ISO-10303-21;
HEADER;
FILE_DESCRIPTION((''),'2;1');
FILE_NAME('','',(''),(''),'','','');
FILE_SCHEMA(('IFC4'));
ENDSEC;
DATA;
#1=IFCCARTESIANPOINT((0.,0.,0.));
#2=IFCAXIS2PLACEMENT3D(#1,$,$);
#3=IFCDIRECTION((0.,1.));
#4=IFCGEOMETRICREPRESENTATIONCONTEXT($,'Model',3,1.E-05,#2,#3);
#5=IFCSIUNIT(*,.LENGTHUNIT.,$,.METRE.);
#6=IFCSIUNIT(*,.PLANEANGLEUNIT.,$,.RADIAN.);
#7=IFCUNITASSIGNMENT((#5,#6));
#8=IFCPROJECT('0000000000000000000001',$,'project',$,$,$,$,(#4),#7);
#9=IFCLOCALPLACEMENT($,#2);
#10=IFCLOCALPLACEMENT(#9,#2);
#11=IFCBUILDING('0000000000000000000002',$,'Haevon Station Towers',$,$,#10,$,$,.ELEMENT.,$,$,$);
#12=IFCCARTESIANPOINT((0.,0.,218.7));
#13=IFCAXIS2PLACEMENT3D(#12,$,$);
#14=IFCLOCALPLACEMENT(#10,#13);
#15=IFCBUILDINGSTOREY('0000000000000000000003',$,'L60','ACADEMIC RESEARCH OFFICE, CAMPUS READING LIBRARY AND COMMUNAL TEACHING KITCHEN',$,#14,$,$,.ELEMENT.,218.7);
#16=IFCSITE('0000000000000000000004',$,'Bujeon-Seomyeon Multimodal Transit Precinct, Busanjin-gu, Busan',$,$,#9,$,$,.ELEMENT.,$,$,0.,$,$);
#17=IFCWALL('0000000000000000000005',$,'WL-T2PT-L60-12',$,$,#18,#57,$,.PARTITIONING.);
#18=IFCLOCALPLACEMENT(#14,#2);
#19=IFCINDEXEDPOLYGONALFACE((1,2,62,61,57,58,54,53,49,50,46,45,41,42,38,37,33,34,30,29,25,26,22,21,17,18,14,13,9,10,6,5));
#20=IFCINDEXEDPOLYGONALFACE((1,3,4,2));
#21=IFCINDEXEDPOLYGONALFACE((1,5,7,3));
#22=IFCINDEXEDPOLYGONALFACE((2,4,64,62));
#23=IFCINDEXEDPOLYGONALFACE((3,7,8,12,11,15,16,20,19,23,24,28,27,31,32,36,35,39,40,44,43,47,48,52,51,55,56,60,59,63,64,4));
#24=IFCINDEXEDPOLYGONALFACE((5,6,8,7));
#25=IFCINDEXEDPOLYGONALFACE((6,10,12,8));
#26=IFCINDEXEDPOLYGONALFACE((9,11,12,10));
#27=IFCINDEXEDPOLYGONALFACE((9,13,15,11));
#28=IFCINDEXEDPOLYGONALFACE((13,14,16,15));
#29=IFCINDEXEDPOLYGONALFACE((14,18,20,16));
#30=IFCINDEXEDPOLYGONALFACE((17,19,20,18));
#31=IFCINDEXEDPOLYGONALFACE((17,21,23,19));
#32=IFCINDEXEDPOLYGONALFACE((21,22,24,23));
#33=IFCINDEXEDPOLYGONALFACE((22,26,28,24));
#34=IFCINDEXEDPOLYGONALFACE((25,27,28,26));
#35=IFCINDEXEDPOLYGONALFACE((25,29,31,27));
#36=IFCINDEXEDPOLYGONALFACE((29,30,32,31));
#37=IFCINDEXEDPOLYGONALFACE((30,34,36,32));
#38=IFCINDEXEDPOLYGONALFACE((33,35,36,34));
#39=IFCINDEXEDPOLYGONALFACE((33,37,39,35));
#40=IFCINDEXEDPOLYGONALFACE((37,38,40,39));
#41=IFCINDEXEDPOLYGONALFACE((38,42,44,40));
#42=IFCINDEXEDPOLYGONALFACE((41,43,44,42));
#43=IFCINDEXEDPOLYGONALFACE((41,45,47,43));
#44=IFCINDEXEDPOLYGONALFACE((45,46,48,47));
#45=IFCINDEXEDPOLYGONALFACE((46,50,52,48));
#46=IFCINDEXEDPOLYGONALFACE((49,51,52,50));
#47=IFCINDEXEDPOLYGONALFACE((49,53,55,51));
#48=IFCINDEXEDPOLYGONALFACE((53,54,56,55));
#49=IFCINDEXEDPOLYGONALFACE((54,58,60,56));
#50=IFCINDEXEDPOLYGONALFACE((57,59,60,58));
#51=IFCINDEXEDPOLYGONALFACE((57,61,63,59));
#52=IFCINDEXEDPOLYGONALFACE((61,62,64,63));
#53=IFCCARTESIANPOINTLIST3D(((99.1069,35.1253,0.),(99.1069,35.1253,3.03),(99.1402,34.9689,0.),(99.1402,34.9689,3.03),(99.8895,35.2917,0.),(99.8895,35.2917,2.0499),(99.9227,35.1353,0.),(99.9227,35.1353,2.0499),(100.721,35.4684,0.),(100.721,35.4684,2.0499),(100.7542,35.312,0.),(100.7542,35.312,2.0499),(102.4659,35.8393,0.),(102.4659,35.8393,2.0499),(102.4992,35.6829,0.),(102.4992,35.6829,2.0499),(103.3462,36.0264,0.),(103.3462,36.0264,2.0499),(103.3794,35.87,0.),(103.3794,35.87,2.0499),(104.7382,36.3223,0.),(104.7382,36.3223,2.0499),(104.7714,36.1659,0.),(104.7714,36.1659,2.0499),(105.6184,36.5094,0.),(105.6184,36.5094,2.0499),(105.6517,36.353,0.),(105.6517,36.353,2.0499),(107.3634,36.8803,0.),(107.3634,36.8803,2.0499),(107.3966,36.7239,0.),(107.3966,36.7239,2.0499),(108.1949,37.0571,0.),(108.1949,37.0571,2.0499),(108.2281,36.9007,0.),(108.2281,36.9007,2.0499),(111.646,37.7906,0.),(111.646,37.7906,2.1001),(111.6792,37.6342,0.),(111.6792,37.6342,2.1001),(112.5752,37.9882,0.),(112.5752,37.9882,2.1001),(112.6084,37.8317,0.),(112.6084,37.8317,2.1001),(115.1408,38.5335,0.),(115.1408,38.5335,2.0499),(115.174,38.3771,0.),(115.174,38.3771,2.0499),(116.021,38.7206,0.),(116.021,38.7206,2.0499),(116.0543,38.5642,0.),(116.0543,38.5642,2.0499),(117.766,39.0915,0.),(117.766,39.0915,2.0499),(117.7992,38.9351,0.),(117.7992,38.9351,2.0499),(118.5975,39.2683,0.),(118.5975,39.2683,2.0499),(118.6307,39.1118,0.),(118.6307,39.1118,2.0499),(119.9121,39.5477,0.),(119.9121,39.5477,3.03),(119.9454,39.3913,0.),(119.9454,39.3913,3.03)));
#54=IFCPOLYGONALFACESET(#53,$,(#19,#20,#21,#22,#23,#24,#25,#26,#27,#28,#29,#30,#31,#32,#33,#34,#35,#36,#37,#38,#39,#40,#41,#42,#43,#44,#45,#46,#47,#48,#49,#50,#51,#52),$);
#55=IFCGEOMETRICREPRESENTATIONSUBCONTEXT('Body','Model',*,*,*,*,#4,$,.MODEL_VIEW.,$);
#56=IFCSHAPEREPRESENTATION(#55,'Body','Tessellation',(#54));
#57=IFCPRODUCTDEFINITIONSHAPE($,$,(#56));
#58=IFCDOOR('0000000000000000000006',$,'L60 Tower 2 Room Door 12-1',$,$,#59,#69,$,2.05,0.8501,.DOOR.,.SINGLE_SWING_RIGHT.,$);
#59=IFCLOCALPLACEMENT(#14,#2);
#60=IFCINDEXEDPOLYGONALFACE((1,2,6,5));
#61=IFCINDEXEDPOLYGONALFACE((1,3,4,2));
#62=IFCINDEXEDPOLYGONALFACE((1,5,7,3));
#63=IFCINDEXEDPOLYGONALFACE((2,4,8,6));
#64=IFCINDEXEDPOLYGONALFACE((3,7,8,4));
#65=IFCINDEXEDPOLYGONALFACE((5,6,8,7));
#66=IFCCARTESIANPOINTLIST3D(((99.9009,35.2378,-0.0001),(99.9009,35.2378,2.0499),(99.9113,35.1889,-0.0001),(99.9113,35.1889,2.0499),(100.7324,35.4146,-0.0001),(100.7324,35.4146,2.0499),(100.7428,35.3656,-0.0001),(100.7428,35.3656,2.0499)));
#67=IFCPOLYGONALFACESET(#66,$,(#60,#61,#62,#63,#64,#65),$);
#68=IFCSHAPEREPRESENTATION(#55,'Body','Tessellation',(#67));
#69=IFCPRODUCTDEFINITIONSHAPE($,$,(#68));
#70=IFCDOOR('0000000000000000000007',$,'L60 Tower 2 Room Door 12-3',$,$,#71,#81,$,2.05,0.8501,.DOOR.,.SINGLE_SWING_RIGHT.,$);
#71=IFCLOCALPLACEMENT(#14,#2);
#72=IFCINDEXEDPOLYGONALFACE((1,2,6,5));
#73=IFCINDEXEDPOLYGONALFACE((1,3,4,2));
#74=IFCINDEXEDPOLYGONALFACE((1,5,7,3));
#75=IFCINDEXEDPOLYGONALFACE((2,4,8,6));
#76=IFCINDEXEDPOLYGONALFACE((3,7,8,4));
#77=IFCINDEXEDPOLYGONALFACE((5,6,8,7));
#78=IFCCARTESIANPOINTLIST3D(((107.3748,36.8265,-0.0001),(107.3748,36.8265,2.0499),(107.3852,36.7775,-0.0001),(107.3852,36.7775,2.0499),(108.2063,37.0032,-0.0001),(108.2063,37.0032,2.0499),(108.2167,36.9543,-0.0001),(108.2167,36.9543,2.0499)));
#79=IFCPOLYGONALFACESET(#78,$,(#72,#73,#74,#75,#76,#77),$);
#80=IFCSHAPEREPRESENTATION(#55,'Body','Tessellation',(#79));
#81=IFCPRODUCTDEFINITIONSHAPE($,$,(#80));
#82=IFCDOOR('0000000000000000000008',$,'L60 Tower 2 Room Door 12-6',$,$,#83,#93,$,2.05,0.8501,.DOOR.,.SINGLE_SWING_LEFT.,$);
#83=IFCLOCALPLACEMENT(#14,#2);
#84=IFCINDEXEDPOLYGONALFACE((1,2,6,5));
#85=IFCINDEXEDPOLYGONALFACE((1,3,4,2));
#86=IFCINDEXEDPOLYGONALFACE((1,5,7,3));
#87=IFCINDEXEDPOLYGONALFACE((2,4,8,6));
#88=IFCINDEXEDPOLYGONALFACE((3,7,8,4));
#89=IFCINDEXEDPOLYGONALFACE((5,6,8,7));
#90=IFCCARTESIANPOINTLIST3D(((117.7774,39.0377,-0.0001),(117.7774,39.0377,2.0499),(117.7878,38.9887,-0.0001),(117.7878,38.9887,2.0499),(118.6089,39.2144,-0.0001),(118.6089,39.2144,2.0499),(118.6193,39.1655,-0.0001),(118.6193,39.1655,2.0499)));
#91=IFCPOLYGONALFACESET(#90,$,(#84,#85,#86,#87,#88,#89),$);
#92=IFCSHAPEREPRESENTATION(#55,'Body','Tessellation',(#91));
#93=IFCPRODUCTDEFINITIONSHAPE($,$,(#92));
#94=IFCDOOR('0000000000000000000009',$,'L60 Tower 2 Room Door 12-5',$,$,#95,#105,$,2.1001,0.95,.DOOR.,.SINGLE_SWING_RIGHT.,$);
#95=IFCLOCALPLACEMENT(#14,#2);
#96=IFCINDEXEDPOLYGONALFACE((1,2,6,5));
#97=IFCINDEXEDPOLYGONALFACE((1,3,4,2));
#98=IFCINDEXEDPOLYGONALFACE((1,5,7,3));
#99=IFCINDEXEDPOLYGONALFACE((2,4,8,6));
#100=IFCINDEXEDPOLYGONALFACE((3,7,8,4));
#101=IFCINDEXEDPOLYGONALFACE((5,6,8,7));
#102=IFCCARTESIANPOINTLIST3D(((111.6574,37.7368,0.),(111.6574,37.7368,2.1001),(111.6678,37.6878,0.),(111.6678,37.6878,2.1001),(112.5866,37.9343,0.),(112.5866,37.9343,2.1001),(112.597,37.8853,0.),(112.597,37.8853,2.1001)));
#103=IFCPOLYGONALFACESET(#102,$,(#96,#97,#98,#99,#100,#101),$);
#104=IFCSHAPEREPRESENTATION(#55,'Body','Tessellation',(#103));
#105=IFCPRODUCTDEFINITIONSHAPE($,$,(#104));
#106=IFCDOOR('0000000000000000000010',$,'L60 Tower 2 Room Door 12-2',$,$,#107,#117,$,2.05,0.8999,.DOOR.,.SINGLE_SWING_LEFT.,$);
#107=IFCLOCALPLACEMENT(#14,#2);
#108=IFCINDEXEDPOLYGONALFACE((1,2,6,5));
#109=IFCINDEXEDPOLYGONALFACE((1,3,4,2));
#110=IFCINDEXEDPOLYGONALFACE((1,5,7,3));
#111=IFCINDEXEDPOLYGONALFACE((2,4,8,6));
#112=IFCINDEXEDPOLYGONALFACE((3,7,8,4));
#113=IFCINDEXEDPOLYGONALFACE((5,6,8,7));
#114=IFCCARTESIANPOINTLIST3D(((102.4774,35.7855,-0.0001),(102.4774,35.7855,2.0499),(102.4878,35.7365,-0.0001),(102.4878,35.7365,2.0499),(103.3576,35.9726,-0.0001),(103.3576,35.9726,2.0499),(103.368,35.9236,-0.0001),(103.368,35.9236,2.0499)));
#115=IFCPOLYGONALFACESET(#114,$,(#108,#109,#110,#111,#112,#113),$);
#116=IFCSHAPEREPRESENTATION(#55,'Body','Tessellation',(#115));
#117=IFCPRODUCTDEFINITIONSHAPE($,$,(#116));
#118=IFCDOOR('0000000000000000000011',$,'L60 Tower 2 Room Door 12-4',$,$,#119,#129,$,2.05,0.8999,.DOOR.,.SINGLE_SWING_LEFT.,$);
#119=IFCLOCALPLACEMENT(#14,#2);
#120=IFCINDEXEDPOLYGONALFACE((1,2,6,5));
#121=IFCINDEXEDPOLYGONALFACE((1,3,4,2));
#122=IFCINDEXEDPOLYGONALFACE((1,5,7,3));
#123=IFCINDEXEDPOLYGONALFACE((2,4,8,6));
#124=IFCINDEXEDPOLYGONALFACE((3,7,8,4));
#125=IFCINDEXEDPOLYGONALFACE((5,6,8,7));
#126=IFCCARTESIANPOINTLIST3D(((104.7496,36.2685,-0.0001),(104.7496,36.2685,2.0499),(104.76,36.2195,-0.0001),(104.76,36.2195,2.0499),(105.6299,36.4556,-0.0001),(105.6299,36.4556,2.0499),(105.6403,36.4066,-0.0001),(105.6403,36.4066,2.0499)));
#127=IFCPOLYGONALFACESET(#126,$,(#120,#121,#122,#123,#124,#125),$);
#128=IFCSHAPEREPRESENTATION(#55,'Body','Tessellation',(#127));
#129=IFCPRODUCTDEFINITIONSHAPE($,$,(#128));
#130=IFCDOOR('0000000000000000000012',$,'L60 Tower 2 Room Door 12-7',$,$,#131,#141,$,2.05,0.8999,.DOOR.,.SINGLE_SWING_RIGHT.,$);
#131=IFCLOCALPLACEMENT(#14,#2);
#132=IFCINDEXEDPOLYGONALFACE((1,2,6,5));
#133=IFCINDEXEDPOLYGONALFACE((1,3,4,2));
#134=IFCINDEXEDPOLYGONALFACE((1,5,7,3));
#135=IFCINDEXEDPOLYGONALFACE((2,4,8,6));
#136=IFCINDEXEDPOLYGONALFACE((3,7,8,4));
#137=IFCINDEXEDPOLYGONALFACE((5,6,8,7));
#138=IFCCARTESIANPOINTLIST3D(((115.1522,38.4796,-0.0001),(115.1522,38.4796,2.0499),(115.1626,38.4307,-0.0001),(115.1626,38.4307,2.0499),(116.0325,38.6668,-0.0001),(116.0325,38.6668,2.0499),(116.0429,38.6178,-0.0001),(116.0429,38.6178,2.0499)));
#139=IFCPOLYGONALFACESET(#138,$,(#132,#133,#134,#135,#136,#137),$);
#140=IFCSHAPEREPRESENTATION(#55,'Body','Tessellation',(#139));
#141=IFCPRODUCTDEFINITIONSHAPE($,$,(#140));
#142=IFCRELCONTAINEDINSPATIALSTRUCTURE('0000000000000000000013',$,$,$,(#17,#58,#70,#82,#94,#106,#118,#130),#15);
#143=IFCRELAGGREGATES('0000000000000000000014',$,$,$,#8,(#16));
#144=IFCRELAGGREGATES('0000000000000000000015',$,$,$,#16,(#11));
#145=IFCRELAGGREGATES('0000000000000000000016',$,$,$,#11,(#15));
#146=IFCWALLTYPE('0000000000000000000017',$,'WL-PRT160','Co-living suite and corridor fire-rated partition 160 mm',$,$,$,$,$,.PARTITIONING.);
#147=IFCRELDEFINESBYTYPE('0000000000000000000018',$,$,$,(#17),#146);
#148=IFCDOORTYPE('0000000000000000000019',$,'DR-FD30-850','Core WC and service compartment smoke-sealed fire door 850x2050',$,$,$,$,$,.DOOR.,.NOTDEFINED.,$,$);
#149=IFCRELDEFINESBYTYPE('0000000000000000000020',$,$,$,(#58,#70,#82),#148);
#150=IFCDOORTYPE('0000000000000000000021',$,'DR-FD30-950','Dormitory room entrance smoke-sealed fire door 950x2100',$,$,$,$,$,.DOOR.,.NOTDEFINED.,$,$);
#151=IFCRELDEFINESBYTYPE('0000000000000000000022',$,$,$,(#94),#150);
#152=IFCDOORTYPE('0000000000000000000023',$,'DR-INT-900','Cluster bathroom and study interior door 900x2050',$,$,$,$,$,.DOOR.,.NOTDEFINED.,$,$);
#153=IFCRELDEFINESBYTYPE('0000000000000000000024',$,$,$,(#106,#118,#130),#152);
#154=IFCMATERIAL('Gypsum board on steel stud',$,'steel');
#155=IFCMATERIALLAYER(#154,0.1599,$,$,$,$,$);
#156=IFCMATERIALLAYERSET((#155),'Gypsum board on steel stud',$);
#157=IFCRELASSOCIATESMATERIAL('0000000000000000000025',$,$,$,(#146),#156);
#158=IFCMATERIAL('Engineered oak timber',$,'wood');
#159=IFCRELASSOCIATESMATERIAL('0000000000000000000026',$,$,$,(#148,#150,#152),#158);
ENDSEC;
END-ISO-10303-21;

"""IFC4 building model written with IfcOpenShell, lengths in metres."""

from ifc_helpers import new_model, si_unit, direction, frame, frame_2d, origin, place, context, subcontext, project, spatial, rectangle, extrude, material, layer, layer_set, type_object, element, fill, save


model = new_model("IFC4")

# Units and contexts
model_context = context("Model", 3, precision=1e-05, world=origin(), true_north=direction((0.0, 1.0)))
body_context = subcontext(model_context, "Body", "Model", "MODEL_VIEW")
ifc_project = project(units=[si_unit("LENGTHUNIT", "METRE"), si_unit("PLANEANGLEUNIT", "RADIAN")], contexts=[model_context])

# Site, building, storey
site_placement = place(None, origin())
site = spatial("IfcSite", under=ifc_project, at=site_placement, Name="Bujeon-Seomyeon Multimodal Transit Precinct, Busanjin-gu, Busan", CompositionType="ELEMENT", RefElevation=0.0)
building_placement = place(site_placement, origin())
building = spatial("IfcBuilding", under=site, at=building_placement, Name="Haevon Station Towers", CompositionType="ELEMENT")
storey_placement = place(building_placement, frame((0.0, 0.0, 218.7)))
storey = spatial("IfcBuildingStorey", under=building, at=storey_placement, Name="L60", Description="ACADEMIC RESEARCH OFFICE, CAMPUS READING LIBRARY AND COMMUNAL TEACHING KITCHEN", CompositionType="ELEMENT", Elevation=218.7)

# Shared definitions
ifc_material_1 = material(Name="Gypsum board on steel stud", Category="steel")

# Wall, openings, doors
ifc_layer_1 = layer(ifc_material_1, 0.1599)
ifc_layer_set_1 = layer_set([ifc_layer_1], Name="Gypsum board on steel stud")
wall_type_1 = type_object("IfcWallType", Name="WL-PRT160", Description="Co-living suite and corridor fire-rated partition 160 mm", PredefinedType="PARTITIONING", material=ifc_layer_set_1)
wall_1_placement = place(storey_placement, frame((99.1235, 35.0471, 0.0), z_axis=(0.0, 0.0, 1.0), x_axis=(0.978147, 0.207916, 0.0)))
wall_1 = element("IfcWall", 1, at=wall_1_placement, inside=storey, type_object=wall_type_1, Name="WL-T2PT-L60-12", PredefinedType="PARTITIONING", context=body_context, shape_type="SweptSolid", body=[
    extrude(rectangle(XDim=21.27, YDim=0.1599, at=frame_2d((10.635, 0.0))), origin(), (0.0, 0.0, 1.0), 3.03),
])
opening_1_placement = place(wall_1_placement, frame((0.8, 0.0, 0.0)))
opening_1 = element("IfcOpeningElement", 2, at=opening_1_placement, cuts=wall_1, PredefinedType="OPENING", context=body_context, shape_type="SweptSolid", body=[
    extrude(rectangle(XDim=0.8501, YDim=2.05, at=frame_2d((0.425, 1.0249))), frame((0.0, 0.0898, 0.0), z_axis=(0.0, -1.0, 0.0), x_axis=(1.0, 0.0, 0.0)), (0.0, 0.0, 1.0), 0.1799),
])
opening_2_placement = place(wall_1_placement, frame((3.4341, 0.0, 0.0)))
opening_2 = element("IfcOpeningElement", 3, at=opening_2_placement, cuts=wall_1, PredefinedType="OPENING", context=body_context, shape_type="SweptSolid", body=[
    extrude(rectangle(XDim=0.8999, YDim=2.05, at=frame_2d((0.45, 1.0249))), frame((0.0, 0.0898, 0.0), z_axis=(0.0, -1.0, 0.0), x_axis=(1.0, 0.0, 0.0)), (0.0, 0.0, 1.0), 0.1799),
])
opening_3_placement = place(wall_1_placement, frame((8.4409, 0.0, 0.0)))
opening_3 = element("IfcOpeningElement", 4, at=opening_3_placement, cuts=wall_1, PredefinedType="OPENING", context=body_context, shape_type="SweptSolid", body=[
    extrude(rectangle(XDim=0.8501, YDim=2.05, at=frame_2d((0.425, 1.0249))), frame((0.0, 0.0898, 0.0), z_axis=(0.0, -1.0, 0.0), x_axis=(1.0, 0.0, 0.0)), (0.0, 0.0, 1.0), 0.1799),
])
opening_4_placement = place(wall_1_placement, frame((5.7571, 0.0, 0.0)))
opening_4 = element("IfcOpeningElement", 5, at=opening_4_placement, cuts=wall_1, PredefinedType="OPENING", context=body_context, shape_type="SweptSolid", body=[
    extrude(rectangle(XDim=0.8999, YDim=2.05, at=frame_2d((0.45, 1.0249))), frame((0.0, 0.0898, 0.0), z_axis=(0.0, -1.0, 0.0), x_axis=(1.0, 0.0, 0.0)), (0.0, 0.0, 1.0), 0.1799),
])
opening_5_placement = place(wall_1_placement, frame((12.8191, 0.0, 0.0)))
opening_5 = element("IfcOpeningElement", 6, at=opening_5_placement, cuts=wall_1, PredefinedType="OPENING", context=body_context, shape_type="SweptSolid", body=[
    extrude(rectangle(XDim=0.95, YDim=2.1001, at=frame_2d((0.4751, 1.05))), frame((0.0, 0.0898, 0.0), z_axis=(0.0, -1.0, 0.0), x_axis=(1.0, 0.0, 0.0)), (0.0, 0.0, 1.0), 0.1799),
])
opening_6_placement = place(wall_1_placement, frame((19.0759, 0.0, 0.0)))
opening_6 = element("IfcOpeningElement", 7, at=opening_6_placement, cuts=wall_1, PredefinedType="OPENING", context=body_context, shape_type="SweptSolid", body=[
    extrude(rectangle(XDim=0.8501, YDim=2.05, at=frame_2d((0.425, 1.0249))), frame((0.0, 0.0898, 0.0), z_axis=(0.0, -1.0, 0.0), x_axis=(1.0, 0.0, 0.0)), (0.0, 0.0, 1.0), 0.1799),
])
opening_7_placement = place(wall_1_placement, frame((16.3921, 0.0, 0.0)))
opening_7 = element("IfcOpeningElement", 8, at=opening_7_placement, cuts=wall_1, PredefinedType="OPENING", context=body_context, shape_type="SweptSolid", body=[
    extrude(rectangle(XDim=0.8999, YDim=2.05, at=frame_2d((0.45, 1.0249))), frame((0.0, 0.0898, 0.0), z_axis=(0.0, -1.0, 0.0), x_axis=(1.0, 0.0, 0.0)), (0.0, 0.0, 1.0), 0.1799),
])
ifc_material_2 = material(Name="Engineered oak timber", Category="wood")
door_type_1 = type_object("IfcDoorType", Name="DR-FD30-850", Description="Core WC and service compartment smoke-sealed fire door 850x2050", OperationType="NOTDEFINED", PredefinedType="DOOR", material=ifc_material_2)
door_1_placement = place(opening_1_placement, origin())
door_1 = element("IfcDoor", 9, at=door_1_placement, inside=storey, type_object=door_type_1, Name="L60 Tower 2 Room Door 12-1", OperationType="SINGLE_SWING_RIGHT", OverallHeight=2.05, OverallWidth=0.8501, PredefinedType="DOOR", context=body_context, shape_type="SweptSolid", body=[
    extrude(rectangle(XDim=0.8501, YDim=2.05, at=frame_2d((0.425, 1.0249))), frame((0.0, 0.0249, 0.0), z_axis=(0.0, -1.0, 0.0), x_axis=(1.0, 0.0, 0.0)), (0.0, 0.0, 1.0), 0.05),
])
fill(opening_1, door_1)
door_2_placement = place(opening_3_placement, origin())
door_2 = element("IfcDoor", 10, at=door_2_placement, inside=storey, type_object=door_type_1, Name="L60 Tower 2 Room Door 12-3", OperationType="SINGLE_SWING_RIGHT", OverallHeight=2.05, OverallWidth=0.8501, PredefinedType="DOOR", context=body_context, shape_type="SweptSolid", body=[
    extrude(rectangle(XDim=0.8501, YDim=2.05, at=frame_2d((0.425, 1.0249))), frame((0.0, 0.0249, 0.0), z_axis=(0.0, -1.0, 0.0), x_axis=(1.0, 0.0, 0.0)), (0.0, 0.0, 1.0), 0.05),
])
fill(opening_3, door_2)
door_3_placement = place(opening_6_placement, origin())
door_3 = element("IfcDoor", 11, at=door_3_placement, inside=storey, type_object=door_type_1, Name="L60 Tower 2 Room Door 12-6", OperationType="SINGLE_SWING_LEFT", OverallHeight=2.05, OverallWidth=0.8501, PredefinedType="DOOR", context=body_context, shape_type="SweptSolid", body=[
    extrude(rectangle(XDim=0.8501, YDim=2.05, at=frame_2d((0.425, 1.0249))), frame((0.0, 0.0249, 0.0), z_axis=(0.0, -1.0, 0.0), x_axis=(1.0, 0.0, 0.0)), (0.0, 0.0, 1.0), 0.05),
])
fill(opening_6, door_3)
door_type_2 = type_object("IfcDoorType", Name="DR-FD30-950", Description="Dormitory room entrance smoke-sealed fire door 950x2100", OperationType="NOTDEFINED", PredefinedType="DOOR", material=ifc_material_2)
door_4_placement = place(opening_5_placement, origin())
door_4 = element("IfcDoor", 12, at=door_4_placement, inside=storey, type_object=door_type_2, Name="L60 Tower 2 Room Door 12-5", OperationType="SINGLE_SWING_RIGHT", OverallHeight=2.1001, OverallWidth=0.95, PredefinedType="DOOR", context=body_context, shape_type="SweptSolid", body=[
    extrude(rectangle(XDim=0.95, YDim=2.1001, at=frame_2d((0.4751, 1.05))), frame((0.0, 0.0249, 0.0), z_axis=(0.0, -1.0, 0.0), x_axis=(1.0, 0.0, 0.0)), (0.0, 0.0, 1.0), 0.05),
])
fill(opening_5, door_4)
door_type_3 = type_object("IfcDoorType", Name="DR-INT-900", Description="Cluster bathroom and study interior door 900x2050", OperationType="NOTDEFINED", PredefinedType="DOOR", material=ifc_material_2)
door_5_placement = place(opening_2_placement, origin())
door_5 = element("IfcDoor", 13, at=door_5_placement, inside=storey, type_object=door_type_3, Name="L60 Tower 2 Room Door 12-2", OperationType="SINGLE_SWING_LEFT", OverallHeight=2.05, OverallWidth=0.8999, PredefinedType="DOOR", context=body_context, shape_type="SweptSolid", body=[
    extrude(rectangle(XDim=0.8999, YDim=2.05, at=frame_2d((0.45, 1.0249))), frame((0.0, 0.0249, 0.0), z_axis=(0.0, -1.0, 0.0), x_axis=(1.0, 0.0, 0.0)), (0.0, 0.0, 1.0), 0.05),
])
fill(opening_2, door_5)
door_6_placement = place(opening_4_placement, origin())
door_6 = element("IfcDoor", 14, at=door_6_placement, inside=storey, type_object=door_type_3, Name="L60 Tower 2 Room Door 12-4", OperationType="SINGLE_SWING_LEFT", OverallHeight=2.05, OverallWidth=0.8999, PredefinedType="DOOR", context=body_context, shape_type="SweptSolid", body=[
    extrude(rectangle(XDim=0.8999, YDim=2.05, at=frame_2d((0.45, 1.0249))), frame((0.0, 0.0249, 0.0), z_axis=(0.0, -1.0, 0.0), x_axis=(1.0, 0.0, 0.0)), (0.0, 0.0, 1.0), 0.05),
])
fill(opening_4, door_6)
door_7_placement = place(opening_7_placement, origin())
door_7 = element("IfcDoor", 15, at=door_7_placement, inside=storey, type_object=door_type_3, Name="L60 Tower 2 Room Door 12-7", OperationType="SINGLE_SWING_RIGHT", OverallHeight=2.05, OverallWidth=0.8999, PredefinedType="DOOR", context=body_context, shape_type="SweptSolid", body=[
    extrude(rectangle(XDim=0.8999, YDim=2.05, at=frame_2d((0.45, 1.0249))), frame((0.0, 0.0249, 0.0), z_axis=(0.0, -1.0, 0.0), x_axis=(1.0, 0.0, 0.0)), (0.0, 0.0, 1.0), 0.05),
])
fill(opening_7, door_7)

save(model, "model.ifc")
